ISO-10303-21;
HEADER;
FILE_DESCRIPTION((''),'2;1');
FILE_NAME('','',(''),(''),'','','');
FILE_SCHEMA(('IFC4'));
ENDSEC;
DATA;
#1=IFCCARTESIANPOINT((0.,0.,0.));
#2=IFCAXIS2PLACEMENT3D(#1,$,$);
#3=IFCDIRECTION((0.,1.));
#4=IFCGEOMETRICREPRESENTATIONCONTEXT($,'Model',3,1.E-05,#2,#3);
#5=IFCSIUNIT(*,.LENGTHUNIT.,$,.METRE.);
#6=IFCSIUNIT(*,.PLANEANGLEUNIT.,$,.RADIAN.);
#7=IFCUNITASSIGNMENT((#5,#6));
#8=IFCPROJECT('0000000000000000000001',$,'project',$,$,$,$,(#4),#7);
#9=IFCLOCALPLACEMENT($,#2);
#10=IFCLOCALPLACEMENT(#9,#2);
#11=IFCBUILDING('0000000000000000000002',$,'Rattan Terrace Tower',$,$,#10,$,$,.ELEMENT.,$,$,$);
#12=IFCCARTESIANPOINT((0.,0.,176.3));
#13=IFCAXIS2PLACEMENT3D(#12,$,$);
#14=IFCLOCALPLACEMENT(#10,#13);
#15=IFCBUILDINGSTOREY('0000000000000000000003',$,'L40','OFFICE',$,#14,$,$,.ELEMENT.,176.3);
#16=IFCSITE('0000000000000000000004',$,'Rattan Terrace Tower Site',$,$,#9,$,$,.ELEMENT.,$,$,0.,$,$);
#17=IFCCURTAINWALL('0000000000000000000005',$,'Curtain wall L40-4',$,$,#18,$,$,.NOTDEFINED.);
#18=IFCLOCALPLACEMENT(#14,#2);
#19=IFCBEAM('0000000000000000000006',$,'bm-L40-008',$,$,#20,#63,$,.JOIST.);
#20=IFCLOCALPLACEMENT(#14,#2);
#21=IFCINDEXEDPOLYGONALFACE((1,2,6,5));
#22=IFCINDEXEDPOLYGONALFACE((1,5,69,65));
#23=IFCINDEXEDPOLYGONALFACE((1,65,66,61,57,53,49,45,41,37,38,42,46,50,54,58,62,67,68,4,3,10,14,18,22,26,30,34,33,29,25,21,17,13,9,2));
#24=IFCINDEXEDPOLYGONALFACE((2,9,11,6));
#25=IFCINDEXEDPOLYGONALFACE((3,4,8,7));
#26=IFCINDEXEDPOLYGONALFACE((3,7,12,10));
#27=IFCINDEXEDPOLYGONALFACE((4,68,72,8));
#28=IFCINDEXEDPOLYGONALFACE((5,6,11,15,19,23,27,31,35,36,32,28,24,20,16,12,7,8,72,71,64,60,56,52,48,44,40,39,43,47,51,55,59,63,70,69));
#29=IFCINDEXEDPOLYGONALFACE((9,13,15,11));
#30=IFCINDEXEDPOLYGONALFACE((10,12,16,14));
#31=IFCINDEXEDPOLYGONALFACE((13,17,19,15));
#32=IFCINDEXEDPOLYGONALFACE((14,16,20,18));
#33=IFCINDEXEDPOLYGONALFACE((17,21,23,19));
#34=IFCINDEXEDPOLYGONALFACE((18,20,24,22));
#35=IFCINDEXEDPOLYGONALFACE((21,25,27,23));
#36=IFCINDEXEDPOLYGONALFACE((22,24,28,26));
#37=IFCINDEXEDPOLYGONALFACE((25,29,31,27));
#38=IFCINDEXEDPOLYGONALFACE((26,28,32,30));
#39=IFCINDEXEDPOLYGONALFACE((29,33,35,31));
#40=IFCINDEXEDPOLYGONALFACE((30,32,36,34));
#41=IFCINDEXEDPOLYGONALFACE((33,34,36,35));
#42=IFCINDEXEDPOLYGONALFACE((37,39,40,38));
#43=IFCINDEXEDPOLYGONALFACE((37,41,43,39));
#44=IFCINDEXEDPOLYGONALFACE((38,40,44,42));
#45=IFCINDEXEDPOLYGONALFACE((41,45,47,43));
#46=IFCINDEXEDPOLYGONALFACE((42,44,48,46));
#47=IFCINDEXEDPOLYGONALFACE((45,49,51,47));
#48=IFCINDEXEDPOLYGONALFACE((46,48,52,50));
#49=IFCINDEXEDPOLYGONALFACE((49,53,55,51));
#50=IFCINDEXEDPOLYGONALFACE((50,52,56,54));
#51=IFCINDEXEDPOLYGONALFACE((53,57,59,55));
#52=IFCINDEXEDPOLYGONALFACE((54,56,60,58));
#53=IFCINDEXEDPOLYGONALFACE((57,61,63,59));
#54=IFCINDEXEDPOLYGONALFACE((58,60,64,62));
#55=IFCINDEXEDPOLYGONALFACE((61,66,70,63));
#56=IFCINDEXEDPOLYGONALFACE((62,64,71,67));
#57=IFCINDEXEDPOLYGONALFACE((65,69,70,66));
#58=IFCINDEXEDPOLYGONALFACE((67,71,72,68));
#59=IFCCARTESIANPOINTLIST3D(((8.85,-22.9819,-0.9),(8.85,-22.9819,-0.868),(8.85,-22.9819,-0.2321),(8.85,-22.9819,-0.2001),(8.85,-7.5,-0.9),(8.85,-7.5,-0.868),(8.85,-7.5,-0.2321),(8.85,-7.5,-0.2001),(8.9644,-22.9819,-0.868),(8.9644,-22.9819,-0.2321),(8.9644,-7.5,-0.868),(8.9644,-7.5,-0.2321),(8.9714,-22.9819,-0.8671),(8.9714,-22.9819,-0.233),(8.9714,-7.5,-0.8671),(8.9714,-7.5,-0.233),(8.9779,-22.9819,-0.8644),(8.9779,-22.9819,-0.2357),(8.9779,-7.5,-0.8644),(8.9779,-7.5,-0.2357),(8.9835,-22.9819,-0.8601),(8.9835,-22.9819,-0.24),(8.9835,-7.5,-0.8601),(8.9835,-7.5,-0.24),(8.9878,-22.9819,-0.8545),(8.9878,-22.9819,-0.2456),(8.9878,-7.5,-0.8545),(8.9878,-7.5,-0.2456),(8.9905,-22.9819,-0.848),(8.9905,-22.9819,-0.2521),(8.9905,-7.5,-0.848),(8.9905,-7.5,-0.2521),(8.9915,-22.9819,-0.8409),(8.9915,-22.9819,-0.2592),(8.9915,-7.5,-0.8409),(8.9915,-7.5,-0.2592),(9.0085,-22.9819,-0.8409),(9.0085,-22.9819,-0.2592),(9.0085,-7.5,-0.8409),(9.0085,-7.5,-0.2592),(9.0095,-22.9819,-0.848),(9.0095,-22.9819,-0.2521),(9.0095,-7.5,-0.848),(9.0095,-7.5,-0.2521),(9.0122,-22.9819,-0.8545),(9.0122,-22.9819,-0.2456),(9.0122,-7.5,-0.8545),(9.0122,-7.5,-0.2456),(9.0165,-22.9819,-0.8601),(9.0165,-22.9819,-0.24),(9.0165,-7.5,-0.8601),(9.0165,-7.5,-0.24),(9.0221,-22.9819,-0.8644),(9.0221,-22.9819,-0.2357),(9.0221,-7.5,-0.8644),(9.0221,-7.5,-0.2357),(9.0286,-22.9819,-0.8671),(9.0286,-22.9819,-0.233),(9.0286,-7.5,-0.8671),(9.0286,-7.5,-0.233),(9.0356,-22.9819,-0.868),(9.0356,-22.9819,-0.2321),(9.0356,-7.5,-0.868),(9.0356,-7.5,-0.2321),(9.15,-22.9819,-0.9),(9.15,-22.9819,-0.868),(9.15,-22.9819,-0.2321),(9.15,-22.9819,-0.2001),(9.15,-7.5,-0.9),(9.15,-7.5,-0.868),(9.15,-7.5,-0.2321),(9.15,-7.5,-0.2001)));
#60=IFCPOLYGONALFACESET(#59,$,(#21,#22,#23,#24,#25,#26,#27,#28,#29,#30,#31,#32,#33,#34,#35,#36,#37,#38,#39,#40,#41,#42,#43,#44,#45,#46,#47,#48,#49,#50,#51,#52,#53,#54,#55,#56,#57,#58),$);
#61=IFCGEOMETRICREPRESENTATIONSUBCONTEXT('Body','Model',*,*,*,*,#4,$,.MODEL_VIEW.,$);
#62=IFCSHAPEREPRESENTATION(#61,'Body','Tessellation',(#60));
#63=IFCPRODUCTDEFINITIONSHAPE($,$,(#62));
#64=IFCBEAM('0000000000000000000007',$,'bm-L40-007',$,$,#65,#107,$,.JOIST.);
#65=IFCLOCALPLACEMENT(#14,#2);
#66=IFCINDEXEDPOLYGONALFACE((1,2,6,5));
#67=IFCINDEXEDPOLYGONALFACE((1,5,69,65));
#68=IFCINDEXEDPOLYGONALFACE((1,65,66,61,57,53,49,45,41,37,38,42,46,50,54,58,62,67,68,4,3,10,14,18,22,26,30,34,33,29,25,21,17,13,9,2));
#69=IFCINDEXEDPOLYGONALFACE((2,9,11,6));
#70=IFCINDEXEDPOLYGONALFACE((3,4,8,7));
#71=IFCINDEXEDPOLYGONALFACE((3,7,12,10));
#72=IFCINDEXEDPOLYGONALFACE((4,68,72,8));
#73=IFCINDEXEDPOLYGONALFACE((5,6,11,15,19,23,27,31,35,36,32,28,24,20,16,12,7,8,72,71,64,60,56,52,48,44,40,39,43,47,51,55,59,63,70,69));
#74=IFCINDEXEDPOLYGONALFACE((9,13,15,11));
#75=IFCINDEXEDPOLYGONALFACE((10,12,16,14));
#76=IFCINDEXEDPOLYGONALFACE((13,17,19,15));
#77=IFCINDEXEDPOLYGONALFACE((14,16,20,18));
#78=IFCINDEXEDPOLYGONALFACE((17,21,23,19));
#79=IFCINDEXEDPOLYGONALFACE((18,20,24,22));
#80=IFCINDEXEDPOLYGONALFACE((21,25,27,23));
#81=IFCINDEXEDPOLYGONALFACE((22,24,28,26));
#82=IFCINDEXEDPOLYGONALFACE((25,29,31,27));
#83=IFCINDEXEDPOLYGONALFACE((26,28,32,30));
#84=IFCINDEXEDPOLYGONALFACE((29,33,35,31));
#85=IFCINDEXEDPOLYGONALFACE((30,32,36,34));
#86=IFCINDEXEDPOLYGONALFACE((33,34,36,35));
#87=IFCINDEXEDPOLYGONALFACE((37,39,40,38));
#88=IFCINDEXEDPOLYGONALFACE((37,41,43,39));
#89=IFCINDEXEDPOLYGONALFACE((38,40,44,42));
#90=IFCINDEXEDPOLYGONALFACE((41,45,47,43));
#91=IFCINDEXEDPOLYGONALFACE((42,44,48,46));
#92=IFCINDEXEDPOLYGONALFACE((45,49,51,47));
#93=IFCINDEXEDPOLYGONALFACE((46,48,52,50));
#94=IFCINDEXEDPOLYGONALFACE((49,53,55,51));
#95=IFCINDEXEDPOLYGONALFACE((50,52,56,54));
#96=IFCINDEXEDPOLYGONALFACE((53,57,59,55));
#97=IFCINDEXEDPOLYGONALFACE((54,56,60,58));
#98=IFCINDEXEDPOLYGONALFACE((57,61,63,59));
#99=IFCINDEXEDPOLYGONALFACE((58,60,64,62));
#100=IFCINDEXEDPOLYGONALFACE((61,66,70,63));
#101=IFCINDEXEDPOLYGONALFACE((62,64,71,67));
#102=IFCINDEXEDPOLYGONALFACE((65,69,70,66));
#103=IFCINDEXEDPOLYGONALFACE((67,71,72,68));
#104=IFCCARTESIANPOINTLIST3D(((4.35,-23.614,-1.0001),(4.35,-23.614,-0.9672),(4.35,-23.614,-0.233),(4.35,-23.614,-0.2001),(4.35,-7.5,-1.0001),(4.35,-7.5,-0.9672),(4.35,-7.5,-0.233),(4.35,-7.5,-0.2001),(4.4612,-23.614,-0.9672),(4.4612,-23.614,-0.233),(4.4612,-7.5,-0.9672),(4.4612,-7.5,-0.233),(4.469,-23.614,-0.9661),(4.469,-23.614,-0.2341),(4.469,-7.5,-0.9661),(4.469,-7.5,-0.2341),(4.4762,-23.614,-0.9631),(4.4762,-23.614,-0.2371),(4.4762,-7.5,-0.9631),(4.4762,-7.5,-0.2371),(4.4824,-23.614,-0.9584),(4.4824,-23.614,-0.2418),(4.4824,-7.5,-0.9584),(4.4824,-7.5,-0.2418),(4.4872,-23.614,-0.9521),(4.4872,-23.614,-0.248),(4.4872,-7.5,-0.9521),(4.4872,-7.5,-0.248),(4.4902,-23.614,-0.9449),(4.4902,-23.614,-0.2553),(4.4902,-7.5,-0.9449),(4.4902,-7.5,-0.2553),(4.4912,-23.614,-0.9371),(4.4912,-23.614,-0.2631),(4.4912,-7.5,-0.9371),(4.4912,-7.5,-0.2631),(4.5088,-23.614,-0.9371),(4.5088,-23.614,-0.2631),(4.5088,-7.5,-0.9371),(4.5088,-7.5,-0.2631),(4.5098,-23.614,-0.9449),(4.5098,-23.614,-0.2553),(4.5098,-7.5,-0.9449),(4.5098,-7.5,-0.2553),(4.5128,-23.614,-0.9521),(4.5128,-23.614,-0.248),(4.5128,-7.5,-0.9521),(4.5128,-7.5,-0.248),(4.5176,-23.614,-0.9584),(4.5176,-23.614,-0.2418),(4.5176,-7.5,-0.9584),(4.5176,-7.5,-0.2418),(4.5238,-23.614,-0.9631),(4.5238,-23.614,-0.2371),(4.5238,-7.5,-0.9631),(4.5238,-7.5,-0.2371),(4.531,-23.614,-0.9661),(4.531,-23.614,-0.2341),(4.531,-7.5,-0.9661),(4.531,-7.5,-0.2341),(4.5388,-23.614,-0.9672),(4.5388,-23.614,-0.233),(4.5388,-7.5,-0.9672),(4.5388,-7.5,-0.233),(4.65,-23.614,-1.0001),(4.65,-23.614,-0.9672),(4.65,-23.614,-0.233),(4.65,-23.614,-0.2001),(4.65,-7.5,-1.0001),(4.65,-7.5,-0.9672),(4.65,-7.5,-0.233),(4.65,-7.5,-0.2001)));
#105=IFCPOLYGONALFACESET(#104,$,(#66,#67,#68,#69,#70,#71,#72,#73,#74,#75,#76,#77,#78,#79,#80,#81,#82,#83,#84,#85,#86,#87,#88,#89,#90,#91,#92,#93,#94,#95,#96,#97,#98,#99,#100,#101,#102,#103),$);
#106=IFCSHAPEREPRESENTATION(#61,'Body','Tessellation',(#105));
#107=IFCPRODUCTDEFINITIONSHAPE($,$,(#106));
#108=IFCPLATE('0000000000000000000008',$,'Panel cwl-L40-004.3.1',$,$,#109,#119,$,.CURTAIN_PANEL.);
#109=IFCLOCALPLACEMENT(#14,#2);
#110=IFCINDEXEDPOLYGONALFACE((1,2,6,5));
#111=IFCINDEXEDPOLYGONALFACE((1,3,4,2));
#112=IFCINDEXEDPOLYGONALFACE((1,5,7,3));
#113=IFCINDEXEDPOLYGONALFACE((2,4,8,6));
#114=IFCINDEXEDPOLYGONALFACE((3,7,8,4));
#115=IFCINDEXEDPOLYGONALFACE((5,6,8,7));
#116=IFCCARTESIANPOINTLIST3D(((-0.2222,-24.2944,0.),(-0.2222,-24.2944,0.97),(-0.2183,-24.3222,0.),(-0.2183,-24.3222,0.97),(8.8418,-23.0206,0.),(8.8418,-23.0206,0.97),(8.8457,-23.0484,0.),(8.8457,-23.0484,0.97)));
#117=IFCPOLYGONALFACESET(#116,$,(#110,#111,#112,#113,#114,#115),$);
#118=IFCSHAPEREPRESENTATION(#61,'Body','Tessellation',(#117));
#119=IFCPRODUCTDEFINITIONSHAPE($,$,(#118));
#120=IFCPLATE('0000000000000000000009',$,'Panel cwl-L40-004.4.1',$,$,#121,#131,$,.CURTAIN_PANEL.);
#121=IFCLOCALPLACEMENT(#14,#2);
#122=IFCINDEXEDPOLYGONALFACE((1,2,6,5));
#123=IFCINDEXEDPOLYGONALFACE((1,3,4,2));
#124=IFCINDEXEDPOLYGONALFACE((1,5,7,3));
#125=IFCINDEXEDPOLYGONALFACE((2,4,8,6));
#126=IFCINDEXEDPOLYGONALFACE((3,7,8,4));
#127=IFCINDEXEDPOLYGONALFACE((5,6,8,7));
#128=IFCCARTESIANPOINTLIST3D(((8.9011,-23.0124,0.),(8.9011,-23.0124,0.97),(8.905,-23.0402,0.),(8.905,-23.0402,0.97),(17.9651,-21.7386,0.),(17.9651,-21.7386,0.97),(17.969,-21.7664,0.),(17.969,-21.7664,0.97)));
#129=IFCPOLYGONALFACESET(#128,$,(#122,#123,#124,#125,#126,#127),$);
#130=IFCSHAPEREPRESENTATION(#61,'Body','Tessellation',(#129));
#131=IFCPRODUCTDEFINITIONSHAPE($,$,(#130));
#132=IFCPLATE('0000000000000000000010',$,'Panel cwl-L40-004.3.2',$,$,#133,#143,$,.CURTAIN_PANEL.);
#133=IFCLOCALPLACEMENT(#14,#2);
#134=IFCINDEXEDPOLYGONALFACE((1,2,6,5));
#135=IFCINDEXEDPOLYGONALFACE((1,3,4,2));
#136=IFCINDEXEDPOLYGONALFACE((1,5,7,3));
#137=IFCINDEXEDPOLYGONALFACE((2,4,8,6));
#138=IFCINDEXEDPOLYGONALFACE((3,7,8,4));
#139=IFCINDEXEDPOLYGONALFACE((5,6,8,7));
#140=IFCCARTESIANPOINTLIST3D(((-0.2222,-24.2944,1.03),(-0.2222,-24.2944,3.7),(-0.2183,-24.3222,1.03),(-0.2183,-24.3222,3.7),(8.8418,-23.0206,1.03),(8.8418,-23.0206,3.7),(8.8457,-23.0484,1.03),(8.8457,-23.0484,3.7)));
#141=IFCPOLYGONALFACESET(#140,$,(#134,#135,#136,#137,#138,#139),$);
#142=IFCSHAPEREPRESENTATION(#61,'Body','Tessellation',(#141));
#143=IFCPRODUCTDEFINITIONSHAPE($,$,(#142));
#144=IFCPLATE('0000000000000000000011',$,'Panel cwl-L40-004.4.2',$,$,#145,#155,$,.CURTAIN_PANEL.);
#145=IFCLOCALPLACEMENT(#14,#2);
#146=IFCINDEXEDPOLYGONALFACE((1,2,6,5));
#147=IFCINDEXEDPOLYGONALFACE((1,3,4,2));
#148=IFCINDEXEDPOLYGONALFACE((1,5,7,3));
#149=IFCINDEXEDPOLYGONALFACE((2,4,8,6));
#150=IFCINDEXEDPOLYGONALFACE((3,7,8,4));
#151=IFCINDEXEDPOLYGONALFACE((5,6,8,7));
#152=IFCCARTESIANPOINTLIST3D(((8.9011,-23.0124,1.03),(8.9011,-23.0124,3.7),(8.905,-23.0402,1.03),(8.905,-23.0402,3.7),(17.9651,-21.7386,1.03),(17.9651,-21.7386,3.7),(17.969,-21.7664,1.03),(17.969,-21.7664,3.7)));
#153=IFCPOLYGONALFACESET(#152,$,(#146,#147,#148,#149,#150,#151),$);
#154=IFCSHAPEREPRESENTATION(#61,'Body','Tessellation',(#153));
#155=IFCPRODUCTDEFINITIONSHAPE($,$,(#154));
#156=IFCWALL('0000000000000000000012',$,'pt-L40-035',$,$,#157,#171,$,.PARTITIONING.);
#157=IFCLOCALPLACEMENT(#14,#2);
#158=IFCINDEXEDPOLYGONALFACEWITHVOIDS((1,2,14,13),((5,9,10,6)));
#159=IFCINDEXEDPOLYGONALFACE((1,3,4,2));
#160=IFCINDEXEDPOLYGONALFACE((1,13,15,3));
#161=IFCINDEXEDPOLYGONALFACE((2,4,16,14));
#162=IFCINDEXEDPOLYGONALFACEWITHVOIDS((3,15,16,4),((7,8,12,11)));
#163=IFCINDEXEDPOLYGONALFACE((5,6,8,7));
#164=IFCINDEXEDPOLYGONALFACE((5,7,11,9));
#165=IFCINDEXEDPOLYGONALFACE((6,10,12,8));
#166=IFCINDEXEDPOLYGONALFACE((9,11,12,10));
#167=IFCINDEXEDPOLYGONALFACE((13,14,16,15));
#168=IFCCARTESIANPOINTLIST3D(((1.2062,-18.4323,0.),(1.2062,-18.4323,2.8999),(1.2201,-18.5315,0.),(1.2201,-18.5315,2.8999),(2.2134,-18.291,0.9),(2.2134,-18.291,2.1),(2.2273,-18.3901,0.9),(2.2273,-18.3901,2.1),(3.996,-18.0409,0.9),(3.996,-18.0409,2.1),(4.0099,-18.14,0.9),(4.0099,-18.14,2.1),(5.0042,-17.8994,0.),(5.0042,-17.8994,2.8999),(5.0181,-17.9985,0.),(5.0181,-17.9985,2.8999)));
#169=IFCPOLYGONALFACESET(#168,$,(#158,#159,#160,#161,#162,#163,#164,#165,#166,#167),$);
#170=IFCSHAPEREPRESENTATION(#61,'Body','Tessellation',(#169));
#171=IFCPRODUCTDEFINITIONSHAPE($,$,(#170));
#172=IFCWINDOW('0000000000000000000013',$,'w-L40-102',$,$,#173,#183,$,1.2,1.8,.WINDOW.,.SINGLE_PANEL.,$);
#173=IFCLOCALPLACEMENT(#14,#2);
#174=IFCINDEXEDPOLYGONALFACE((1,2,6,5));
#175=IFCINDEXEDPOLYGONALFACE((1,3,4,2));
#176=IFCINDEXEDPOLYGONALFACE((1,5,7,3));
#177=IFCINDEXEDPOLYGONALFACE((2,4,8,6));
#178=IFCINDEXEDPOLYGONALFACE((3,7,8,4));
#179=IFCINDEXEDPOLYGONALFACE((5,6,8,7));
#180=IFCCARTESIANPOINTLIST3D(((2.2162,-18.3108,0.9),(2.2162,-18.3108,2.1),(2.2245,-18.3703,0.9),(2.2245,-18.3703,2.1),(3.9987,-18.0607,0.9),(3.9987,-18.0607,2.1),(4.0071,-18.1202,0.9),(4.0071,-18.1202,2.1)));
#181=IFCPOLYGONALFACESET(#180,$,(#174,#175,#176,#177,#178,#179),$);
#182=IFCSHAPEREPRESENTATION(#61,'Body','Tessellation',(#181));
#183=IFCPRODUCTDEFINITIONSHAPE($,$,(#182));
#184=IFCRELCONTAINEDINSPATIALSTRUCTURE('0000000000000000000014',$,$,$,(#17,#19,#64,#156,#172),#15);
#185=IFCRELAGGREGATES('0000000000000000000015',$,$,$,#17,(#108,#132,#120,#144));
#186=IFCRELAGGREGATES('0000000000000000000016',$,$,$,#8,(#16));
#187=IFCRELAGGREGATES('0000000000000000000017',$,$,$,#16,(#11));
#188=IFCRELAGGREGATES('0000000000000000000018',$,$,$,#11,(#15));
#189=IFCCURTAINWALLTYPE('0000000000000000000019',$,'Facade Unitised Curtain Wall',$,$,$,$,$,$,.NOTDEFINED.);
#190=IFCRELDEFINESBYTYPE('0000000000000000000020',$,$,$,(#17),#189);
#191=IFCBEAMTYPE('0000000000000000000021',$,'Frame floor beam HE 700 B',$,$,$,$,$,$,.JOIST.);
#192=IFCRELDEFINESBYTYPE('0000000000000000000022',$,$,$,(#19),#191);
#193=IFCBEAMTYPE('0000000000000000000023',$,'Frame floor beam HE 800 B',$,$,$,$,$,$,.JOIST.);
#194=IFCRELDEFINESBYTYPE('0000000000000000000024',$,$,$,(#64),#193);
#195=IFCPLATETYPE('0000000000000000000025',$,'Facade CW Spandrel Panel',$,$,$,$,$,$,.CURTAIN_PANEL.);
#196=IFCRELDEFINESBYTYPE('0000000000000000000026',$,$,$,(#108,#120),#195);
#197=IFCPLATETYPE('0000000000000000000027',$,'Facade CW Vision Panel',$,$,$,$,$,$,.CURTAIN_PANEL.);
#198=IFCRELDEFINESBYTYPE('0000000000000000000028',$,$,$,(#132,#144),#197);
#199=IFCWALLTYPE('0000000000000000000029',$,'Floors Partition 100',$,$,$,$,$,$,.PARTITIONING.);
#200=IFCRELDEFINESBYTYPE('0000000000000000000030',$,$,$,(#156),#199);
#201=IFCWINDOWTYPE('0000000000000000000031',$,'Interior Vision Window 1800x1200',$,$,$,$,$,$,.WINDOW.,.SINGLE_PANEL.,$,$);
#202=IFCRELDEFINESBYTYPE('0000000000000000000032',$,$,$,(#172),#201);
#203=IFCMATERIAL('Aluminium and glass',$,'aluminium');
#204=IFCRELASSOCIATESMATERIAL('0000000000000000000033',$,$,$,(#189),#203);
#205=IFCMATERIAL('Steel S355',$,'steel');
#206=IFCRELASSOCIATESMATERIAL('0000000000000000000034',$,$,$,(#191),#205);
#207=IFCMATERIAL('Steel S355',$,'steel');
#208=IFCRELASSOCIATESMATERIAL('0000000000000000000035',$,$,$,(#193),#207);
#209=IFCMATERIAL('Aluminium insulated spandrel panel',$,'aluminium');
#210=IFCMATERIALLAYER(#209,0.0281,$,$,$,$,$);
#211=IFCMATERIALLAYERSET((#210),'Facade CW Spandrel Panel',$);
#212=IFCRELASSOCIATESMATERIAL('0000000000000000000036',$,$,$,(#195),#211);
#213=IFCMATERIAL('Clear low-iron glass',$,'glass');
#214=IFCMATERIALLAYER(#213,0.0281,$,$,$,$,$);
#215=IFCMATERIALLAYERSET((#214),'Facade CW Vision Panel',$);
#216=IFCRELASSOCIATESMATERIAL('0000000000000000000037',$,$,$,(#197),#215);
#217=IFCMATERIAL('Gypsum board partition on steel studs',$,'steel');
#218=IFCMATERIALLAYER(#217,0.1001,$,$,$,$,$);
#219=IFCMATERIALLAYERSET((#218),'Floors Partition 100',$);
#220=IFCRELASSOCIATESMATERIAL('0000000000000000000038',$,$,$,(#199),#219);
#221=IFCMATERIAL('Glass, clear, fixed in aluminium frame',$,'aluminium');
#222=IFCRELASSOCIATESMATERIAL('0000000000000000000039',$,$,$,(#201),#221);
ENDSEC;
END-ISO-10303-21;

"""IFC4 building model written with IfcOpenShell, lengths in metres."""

from ifc_helpers import new_model, si_unit, direction, frame, frame_2d, origin, origin_2d, place, context, subcontext, project, spatial, rectangle, i_section, extrude, material, layer, layer_set, material_profile, profile_set, type_object, element, fill, aggregate, save


model = new_model("IFC4")

# Units and contexts
model_context = context("Model", 3, precision=1e-05, world=origin(), true_north=direction((0.0, 1.0)))
body_context = subcontext(model_context, "Body", "Model", "MODEL_VIEW")
ifc_project = project(units=[si_unit("LENGTHUNIT", "METRE"), si_unit("PLANEANGLEUNIT", "RADIAN")], contexts=[model_context])

# Site, building, storey
site_placement = place(None, origin())
site = spatial("IfcSite", under=ifc_project, at=site_placement, Name="Rattan Terrace Tower Site", CompositionType="ELEMENT", RefElevation=0.0)
building_placement = place(site_placement, origin())
building = spatial("IfcBuilding", under=site, at=building_placement, Name="Rattan Terrace Tower", CompositionType="ELEMENT")
storey_placement = place(building_placement, frame((0.0, 0.0, 176.3)))
storey = spatial("IfcBuildingStorey", under=building, at=storey_placement, Name="L40", Description="OFFICE", CompositionType="ELEMENT", Elevation=176.3)

# Curtain wall
ifc_material_1 = material(Name="Aluminium and glass", Category="aluminium")
curtain_wall_type = type_object("IfcCurtainWallType", Name="Facade Unitised Curtain Wall", PredefinedType="NOTDEFINED", material=ifc_material_1)
curtain_wall_placement = place(storey_placement, origin())
curtain_wall = element("IfcCurtainWall", 1, at=curtain_wall_placement, inside=storey, type_object=curtain_wall_type, Name="Curtain wall L40-4", PredefinedType="NOTDEFINED")

# Beams
ifc_material_2 = material(Name="Steel S355", Category="steel")
ifc_material_profile_1 = material_profile(ifc_material_2, i_section(OverallWidth=0.3, OverallDepth=0.7, WebThickness=0.0171, FlangeThickness=0.032, FilletRadius=0.0271, at=origin_2d()), Name="HE 700 B")
ifc_profile_set_1 = profile_set([ifc_material_profile_1], Name="Steel S355")
beam_type_1 = type_object("IfcBeamType", Name="Frame floor beam HE 700 B", PredefinedType="JOIST", material=ifc_profile_set_1)
beam_1_placement = place(storey_placement, frame((9.0, -22.9819, -0.55), z_axis=(0.0, 1.0, 0.0), x_axis=(-1.0, 0.0, 0.0)))
element("IfcBeam", 2, at=beam_1_placement, inside=storey, type_object=beam_type_1, Name="bm-L40-008", PredefinedType="JOIST", context=body_context, shape_type="SweptSolid", body=[
    extrude(i_section(OverallWidth=0.3, OverallDepth=0.7, WebThickness=0.0171, FlangeThickness=0.032, FilletRadius=0.0271, at=origin_2d()), origin(), (0.0, 0.0, 1.0), 15.4819),
])
ifc_material_3 = material(Name="Steel S355", Category="steel")
ifc_material_profile_2 = material_profile(ifc_material_3, i_section(OverallWidth=0.3, OverallDepth=0.8, WebThickness=0.0176, FlangeThickness=0.033, FilletRadius=0.03, at=origin_2d()), Name="HE 800 B")
ifc_profile_set_2 = profile_set([ifc_material_profile_2], Name="Steel S355")
beam_type_2 = type_object("IfcBeamType", Name="Frame floor beam HE 800 B", PredefinedType="JOIST", material=ifc_profile_set_2)
beam_2_placement = place(storey_placement, frame((4.5, -23.614, -0.6001), z_axis=(0.0, 1.0, 0.0), x_axis=(-1.0, 0.0, 0.0)))
element("IfcBeam", 3, at=beam_2_placement, inside=storey, type_object=beam_type_2, Name="bm-L40-007", PredefinedType="JOIST", context=body_context, shape_type="SweptSolid", body=[
    extrude(i_section(OverallWidth=0.3, OverallDepth=0.8, WebThickness=0.0176, FlangeThickness=0.033, FilletRadius=0.03, at=origin_2d()), origin(), (0.0, 0.0, 1.0), 16.114),
])

# Plates
ifc_material_4 = material(Name="Aluminium insulated spandrel panel", Category="aluminium")
ifc_layer_1 = layer(ifc_material_4, 0.0281)
ifc_layer_set_1 = layer_set([ifc_layer_1], Name="Facade CW Spandrel Panel")
plate_type_1 = type_object("IfcPlateType", Name="Facade CW Spandrel Panel", PredefinedType="CURTAIN_PANEL", material=ifc_layer_set_1)
plate_1_placement = place(storey_placement, frame((4.3118, -23.6714, 0.0), z_axis=(0.0, 0.0, 1.0), x_axis=(0.99027, 0.139161, 0.0)))
plate_1 = element("IfcPlate", 4, at=plate_1_placement, type_object=plate_type_1, Name="Panel cwl-L40-004.3.1", PredefinedType="CURTAIN_PANEL", context=body_context, shape_type="SweptSolid", body=[
    extrude(rectangle(XDim=9.1531, YDim=0.0281, at=origin_2d()), origin(), (0.0, 0.0, 1.0), 0.97),
])
plate_2_placement = place(storey_placement, frame((13.4351, -22.3894, 0.0), z_axis=(0.0, 0.0, 1.0), x_axis=(0.99027, 0.139161, 0.0)))
plate_2 = element("IfcPlate", 5, at=plate_2_placement, type_object=plate_type_1, Name="Panel cwl-L40-004.4.1", PredefinedType="CURTAIN_PANEL", context=body_context, shape_type="SweptSolid", body=[
    extrude(rectangle(XDim=9.1531, YDim=0.0281, at=origin_2d()), origin(), (0.0, 0.0, 1.0), 0.97),
])
ifc_material_5 = material(Name="Clear low-iron glass", Category="glass")
ifc_layer_2 = layer(ifc_material_5, 0.0281)
ifc_layer_set_2 = layer_set([ifc_layer_2], Name="Facade CW Vision Panel")
plate_type_2 = type_object("IfcPlateType", Name="Facade CW Vision Panel", PredefinedType="CURTAIN_PANEL", material=ifc_layer_set_2)
plate_3_placement = place(storey_placement, frame((4.3118, -23.6714, 1.03), z_axis=(0.0, 0.0, 1.0), x_axis=(0.99027, 0.139161, 0.0)))
plate_3 = element("IfcPlate", 6, at=plate_3_placement, type_object=plate_type_2, Name="Panel cwl-L40-004.3.2", PredefinedType="CURTAIN_PANEL", context=body_context, shape_type="SweptSolid", body=[
    extrude(rectangle(XDim=9.1531, YDim=0.0281, at=origin_2d()), origin(), (0.0, 0.0, 1.0), 2.6699),
])
plate_4_placement = place(storey_placement, frame((13.4351, -22.3894, 1.03), z_axis=(0.0, 0.0, 1.0), x_axis=(0.99027, 0.139161, 0.0)))
plate_4 = element("IfcPlate", 7, at=plate_4_placement, type_object=plate_type_2, Name="Panel cwl-L40-004.4.2", PredefinedType="CURTAIN_PANEL", context=body_context, shape_type="SweptSolid", body=[
    extrude(rectangle(XDim=9.1531, YDim=0.0281, at=origin_2d()), origin(), (0.0, 0.0, 1.0), 2.6699),
])
aggregate(curtain_wall, [plate_1, plate_3, plate_2, plate_4])

# Wall, opening, window
ifc_material_6 = material(Name="Gypsum board partition on steel studs", Category="steel")
ifc_layer_3 = layer(ifc_material_6, 0.1001)
ifc_layer_set_3 = layer_set([ifc_layer_3], Name="Floors Partition 100")
wall_type_1 = type_object("IfcWallType", Name="Floors Partition 100", PredefinedType="PARTITIONING", material=ifc_layer_set_3)
wall_1_placement = place(storey_placement, frame((5.011, -17.949, 0.0), z_axis=(0.0, 0.0, 1.0), x_axis=(-0.990298, -0.138961, 0.0)))
wall_1 = element("IfcWall", 8, at=wall_1_placement, inside=storey, type_object=wall_type_1, Name="pt-L40-035", PredefinedType="PARTITIONING", context=body_context, shape_type="SweptSolid", body=[
    extrude(rectangle(XDim=3.8352, YDim=0.1001, at=frame_2d((1.9175, 0.0))), origin(), (0.0, 0.0, 1.0), 2.8999),
])
opening_1_placement = place(wall_1_placement, frame((1.0181, 0.0, 0.8999)))
opening_1 = element("IfcOpeningElement", 9, at=opening_1_placement, cuts=wall_1, PredefinedType="OPENING", context=body_context, shape_type="SweptSolid", body=[
    extrude(rectangle(XDim=1.8, YDim=1.2, at=frame_2d((0.8999, 0.6001))), frame((0.0, 0.0605, 0.0), z_axis=(0.0, -1.0, 0.0), x_axis=(1.0, 0.0, 0.0)), (0.0, 0.0, 1.0), 0.1211),
])
ifc_material_7 = material(Name="Glass, clear, fixed in aluminium frame", Category="aluminium")
window_type = type_object("IfcWindowType", Name="Interior Vision Window 1800x1200", PartitioningType="SINGLE_PANEL", PredefinedType="WINDOW", material=ifc_material_7)
window_1_placement = place(opening_1_placement, origin())
window_1 = element("IfcWindow", 10, at=window_1_placement, inside=storey, type_object=window_type, Name="w-L40-102", OverallHeight=1.2, OverallWidth=1.8, PartitioningType="SINGLE_PANEL", PredefinedType="WINDOW", context=body_context, shape_type="SweptSolid", body=[
    extrude(rectangle(XDim=1.8, YDim=1.2, at=frame_2d((0.8999, 0.6001))), frame((0.0, 0.03, 0.0), z_axis=(0.0, -1.0, 0.0), x_axis=(1.0, 0.0, 0.0)), (0.0, 0.0, 1.0), 0.0601),
])
fill(opening_1, window_1)

save(model, "model.ifc")
